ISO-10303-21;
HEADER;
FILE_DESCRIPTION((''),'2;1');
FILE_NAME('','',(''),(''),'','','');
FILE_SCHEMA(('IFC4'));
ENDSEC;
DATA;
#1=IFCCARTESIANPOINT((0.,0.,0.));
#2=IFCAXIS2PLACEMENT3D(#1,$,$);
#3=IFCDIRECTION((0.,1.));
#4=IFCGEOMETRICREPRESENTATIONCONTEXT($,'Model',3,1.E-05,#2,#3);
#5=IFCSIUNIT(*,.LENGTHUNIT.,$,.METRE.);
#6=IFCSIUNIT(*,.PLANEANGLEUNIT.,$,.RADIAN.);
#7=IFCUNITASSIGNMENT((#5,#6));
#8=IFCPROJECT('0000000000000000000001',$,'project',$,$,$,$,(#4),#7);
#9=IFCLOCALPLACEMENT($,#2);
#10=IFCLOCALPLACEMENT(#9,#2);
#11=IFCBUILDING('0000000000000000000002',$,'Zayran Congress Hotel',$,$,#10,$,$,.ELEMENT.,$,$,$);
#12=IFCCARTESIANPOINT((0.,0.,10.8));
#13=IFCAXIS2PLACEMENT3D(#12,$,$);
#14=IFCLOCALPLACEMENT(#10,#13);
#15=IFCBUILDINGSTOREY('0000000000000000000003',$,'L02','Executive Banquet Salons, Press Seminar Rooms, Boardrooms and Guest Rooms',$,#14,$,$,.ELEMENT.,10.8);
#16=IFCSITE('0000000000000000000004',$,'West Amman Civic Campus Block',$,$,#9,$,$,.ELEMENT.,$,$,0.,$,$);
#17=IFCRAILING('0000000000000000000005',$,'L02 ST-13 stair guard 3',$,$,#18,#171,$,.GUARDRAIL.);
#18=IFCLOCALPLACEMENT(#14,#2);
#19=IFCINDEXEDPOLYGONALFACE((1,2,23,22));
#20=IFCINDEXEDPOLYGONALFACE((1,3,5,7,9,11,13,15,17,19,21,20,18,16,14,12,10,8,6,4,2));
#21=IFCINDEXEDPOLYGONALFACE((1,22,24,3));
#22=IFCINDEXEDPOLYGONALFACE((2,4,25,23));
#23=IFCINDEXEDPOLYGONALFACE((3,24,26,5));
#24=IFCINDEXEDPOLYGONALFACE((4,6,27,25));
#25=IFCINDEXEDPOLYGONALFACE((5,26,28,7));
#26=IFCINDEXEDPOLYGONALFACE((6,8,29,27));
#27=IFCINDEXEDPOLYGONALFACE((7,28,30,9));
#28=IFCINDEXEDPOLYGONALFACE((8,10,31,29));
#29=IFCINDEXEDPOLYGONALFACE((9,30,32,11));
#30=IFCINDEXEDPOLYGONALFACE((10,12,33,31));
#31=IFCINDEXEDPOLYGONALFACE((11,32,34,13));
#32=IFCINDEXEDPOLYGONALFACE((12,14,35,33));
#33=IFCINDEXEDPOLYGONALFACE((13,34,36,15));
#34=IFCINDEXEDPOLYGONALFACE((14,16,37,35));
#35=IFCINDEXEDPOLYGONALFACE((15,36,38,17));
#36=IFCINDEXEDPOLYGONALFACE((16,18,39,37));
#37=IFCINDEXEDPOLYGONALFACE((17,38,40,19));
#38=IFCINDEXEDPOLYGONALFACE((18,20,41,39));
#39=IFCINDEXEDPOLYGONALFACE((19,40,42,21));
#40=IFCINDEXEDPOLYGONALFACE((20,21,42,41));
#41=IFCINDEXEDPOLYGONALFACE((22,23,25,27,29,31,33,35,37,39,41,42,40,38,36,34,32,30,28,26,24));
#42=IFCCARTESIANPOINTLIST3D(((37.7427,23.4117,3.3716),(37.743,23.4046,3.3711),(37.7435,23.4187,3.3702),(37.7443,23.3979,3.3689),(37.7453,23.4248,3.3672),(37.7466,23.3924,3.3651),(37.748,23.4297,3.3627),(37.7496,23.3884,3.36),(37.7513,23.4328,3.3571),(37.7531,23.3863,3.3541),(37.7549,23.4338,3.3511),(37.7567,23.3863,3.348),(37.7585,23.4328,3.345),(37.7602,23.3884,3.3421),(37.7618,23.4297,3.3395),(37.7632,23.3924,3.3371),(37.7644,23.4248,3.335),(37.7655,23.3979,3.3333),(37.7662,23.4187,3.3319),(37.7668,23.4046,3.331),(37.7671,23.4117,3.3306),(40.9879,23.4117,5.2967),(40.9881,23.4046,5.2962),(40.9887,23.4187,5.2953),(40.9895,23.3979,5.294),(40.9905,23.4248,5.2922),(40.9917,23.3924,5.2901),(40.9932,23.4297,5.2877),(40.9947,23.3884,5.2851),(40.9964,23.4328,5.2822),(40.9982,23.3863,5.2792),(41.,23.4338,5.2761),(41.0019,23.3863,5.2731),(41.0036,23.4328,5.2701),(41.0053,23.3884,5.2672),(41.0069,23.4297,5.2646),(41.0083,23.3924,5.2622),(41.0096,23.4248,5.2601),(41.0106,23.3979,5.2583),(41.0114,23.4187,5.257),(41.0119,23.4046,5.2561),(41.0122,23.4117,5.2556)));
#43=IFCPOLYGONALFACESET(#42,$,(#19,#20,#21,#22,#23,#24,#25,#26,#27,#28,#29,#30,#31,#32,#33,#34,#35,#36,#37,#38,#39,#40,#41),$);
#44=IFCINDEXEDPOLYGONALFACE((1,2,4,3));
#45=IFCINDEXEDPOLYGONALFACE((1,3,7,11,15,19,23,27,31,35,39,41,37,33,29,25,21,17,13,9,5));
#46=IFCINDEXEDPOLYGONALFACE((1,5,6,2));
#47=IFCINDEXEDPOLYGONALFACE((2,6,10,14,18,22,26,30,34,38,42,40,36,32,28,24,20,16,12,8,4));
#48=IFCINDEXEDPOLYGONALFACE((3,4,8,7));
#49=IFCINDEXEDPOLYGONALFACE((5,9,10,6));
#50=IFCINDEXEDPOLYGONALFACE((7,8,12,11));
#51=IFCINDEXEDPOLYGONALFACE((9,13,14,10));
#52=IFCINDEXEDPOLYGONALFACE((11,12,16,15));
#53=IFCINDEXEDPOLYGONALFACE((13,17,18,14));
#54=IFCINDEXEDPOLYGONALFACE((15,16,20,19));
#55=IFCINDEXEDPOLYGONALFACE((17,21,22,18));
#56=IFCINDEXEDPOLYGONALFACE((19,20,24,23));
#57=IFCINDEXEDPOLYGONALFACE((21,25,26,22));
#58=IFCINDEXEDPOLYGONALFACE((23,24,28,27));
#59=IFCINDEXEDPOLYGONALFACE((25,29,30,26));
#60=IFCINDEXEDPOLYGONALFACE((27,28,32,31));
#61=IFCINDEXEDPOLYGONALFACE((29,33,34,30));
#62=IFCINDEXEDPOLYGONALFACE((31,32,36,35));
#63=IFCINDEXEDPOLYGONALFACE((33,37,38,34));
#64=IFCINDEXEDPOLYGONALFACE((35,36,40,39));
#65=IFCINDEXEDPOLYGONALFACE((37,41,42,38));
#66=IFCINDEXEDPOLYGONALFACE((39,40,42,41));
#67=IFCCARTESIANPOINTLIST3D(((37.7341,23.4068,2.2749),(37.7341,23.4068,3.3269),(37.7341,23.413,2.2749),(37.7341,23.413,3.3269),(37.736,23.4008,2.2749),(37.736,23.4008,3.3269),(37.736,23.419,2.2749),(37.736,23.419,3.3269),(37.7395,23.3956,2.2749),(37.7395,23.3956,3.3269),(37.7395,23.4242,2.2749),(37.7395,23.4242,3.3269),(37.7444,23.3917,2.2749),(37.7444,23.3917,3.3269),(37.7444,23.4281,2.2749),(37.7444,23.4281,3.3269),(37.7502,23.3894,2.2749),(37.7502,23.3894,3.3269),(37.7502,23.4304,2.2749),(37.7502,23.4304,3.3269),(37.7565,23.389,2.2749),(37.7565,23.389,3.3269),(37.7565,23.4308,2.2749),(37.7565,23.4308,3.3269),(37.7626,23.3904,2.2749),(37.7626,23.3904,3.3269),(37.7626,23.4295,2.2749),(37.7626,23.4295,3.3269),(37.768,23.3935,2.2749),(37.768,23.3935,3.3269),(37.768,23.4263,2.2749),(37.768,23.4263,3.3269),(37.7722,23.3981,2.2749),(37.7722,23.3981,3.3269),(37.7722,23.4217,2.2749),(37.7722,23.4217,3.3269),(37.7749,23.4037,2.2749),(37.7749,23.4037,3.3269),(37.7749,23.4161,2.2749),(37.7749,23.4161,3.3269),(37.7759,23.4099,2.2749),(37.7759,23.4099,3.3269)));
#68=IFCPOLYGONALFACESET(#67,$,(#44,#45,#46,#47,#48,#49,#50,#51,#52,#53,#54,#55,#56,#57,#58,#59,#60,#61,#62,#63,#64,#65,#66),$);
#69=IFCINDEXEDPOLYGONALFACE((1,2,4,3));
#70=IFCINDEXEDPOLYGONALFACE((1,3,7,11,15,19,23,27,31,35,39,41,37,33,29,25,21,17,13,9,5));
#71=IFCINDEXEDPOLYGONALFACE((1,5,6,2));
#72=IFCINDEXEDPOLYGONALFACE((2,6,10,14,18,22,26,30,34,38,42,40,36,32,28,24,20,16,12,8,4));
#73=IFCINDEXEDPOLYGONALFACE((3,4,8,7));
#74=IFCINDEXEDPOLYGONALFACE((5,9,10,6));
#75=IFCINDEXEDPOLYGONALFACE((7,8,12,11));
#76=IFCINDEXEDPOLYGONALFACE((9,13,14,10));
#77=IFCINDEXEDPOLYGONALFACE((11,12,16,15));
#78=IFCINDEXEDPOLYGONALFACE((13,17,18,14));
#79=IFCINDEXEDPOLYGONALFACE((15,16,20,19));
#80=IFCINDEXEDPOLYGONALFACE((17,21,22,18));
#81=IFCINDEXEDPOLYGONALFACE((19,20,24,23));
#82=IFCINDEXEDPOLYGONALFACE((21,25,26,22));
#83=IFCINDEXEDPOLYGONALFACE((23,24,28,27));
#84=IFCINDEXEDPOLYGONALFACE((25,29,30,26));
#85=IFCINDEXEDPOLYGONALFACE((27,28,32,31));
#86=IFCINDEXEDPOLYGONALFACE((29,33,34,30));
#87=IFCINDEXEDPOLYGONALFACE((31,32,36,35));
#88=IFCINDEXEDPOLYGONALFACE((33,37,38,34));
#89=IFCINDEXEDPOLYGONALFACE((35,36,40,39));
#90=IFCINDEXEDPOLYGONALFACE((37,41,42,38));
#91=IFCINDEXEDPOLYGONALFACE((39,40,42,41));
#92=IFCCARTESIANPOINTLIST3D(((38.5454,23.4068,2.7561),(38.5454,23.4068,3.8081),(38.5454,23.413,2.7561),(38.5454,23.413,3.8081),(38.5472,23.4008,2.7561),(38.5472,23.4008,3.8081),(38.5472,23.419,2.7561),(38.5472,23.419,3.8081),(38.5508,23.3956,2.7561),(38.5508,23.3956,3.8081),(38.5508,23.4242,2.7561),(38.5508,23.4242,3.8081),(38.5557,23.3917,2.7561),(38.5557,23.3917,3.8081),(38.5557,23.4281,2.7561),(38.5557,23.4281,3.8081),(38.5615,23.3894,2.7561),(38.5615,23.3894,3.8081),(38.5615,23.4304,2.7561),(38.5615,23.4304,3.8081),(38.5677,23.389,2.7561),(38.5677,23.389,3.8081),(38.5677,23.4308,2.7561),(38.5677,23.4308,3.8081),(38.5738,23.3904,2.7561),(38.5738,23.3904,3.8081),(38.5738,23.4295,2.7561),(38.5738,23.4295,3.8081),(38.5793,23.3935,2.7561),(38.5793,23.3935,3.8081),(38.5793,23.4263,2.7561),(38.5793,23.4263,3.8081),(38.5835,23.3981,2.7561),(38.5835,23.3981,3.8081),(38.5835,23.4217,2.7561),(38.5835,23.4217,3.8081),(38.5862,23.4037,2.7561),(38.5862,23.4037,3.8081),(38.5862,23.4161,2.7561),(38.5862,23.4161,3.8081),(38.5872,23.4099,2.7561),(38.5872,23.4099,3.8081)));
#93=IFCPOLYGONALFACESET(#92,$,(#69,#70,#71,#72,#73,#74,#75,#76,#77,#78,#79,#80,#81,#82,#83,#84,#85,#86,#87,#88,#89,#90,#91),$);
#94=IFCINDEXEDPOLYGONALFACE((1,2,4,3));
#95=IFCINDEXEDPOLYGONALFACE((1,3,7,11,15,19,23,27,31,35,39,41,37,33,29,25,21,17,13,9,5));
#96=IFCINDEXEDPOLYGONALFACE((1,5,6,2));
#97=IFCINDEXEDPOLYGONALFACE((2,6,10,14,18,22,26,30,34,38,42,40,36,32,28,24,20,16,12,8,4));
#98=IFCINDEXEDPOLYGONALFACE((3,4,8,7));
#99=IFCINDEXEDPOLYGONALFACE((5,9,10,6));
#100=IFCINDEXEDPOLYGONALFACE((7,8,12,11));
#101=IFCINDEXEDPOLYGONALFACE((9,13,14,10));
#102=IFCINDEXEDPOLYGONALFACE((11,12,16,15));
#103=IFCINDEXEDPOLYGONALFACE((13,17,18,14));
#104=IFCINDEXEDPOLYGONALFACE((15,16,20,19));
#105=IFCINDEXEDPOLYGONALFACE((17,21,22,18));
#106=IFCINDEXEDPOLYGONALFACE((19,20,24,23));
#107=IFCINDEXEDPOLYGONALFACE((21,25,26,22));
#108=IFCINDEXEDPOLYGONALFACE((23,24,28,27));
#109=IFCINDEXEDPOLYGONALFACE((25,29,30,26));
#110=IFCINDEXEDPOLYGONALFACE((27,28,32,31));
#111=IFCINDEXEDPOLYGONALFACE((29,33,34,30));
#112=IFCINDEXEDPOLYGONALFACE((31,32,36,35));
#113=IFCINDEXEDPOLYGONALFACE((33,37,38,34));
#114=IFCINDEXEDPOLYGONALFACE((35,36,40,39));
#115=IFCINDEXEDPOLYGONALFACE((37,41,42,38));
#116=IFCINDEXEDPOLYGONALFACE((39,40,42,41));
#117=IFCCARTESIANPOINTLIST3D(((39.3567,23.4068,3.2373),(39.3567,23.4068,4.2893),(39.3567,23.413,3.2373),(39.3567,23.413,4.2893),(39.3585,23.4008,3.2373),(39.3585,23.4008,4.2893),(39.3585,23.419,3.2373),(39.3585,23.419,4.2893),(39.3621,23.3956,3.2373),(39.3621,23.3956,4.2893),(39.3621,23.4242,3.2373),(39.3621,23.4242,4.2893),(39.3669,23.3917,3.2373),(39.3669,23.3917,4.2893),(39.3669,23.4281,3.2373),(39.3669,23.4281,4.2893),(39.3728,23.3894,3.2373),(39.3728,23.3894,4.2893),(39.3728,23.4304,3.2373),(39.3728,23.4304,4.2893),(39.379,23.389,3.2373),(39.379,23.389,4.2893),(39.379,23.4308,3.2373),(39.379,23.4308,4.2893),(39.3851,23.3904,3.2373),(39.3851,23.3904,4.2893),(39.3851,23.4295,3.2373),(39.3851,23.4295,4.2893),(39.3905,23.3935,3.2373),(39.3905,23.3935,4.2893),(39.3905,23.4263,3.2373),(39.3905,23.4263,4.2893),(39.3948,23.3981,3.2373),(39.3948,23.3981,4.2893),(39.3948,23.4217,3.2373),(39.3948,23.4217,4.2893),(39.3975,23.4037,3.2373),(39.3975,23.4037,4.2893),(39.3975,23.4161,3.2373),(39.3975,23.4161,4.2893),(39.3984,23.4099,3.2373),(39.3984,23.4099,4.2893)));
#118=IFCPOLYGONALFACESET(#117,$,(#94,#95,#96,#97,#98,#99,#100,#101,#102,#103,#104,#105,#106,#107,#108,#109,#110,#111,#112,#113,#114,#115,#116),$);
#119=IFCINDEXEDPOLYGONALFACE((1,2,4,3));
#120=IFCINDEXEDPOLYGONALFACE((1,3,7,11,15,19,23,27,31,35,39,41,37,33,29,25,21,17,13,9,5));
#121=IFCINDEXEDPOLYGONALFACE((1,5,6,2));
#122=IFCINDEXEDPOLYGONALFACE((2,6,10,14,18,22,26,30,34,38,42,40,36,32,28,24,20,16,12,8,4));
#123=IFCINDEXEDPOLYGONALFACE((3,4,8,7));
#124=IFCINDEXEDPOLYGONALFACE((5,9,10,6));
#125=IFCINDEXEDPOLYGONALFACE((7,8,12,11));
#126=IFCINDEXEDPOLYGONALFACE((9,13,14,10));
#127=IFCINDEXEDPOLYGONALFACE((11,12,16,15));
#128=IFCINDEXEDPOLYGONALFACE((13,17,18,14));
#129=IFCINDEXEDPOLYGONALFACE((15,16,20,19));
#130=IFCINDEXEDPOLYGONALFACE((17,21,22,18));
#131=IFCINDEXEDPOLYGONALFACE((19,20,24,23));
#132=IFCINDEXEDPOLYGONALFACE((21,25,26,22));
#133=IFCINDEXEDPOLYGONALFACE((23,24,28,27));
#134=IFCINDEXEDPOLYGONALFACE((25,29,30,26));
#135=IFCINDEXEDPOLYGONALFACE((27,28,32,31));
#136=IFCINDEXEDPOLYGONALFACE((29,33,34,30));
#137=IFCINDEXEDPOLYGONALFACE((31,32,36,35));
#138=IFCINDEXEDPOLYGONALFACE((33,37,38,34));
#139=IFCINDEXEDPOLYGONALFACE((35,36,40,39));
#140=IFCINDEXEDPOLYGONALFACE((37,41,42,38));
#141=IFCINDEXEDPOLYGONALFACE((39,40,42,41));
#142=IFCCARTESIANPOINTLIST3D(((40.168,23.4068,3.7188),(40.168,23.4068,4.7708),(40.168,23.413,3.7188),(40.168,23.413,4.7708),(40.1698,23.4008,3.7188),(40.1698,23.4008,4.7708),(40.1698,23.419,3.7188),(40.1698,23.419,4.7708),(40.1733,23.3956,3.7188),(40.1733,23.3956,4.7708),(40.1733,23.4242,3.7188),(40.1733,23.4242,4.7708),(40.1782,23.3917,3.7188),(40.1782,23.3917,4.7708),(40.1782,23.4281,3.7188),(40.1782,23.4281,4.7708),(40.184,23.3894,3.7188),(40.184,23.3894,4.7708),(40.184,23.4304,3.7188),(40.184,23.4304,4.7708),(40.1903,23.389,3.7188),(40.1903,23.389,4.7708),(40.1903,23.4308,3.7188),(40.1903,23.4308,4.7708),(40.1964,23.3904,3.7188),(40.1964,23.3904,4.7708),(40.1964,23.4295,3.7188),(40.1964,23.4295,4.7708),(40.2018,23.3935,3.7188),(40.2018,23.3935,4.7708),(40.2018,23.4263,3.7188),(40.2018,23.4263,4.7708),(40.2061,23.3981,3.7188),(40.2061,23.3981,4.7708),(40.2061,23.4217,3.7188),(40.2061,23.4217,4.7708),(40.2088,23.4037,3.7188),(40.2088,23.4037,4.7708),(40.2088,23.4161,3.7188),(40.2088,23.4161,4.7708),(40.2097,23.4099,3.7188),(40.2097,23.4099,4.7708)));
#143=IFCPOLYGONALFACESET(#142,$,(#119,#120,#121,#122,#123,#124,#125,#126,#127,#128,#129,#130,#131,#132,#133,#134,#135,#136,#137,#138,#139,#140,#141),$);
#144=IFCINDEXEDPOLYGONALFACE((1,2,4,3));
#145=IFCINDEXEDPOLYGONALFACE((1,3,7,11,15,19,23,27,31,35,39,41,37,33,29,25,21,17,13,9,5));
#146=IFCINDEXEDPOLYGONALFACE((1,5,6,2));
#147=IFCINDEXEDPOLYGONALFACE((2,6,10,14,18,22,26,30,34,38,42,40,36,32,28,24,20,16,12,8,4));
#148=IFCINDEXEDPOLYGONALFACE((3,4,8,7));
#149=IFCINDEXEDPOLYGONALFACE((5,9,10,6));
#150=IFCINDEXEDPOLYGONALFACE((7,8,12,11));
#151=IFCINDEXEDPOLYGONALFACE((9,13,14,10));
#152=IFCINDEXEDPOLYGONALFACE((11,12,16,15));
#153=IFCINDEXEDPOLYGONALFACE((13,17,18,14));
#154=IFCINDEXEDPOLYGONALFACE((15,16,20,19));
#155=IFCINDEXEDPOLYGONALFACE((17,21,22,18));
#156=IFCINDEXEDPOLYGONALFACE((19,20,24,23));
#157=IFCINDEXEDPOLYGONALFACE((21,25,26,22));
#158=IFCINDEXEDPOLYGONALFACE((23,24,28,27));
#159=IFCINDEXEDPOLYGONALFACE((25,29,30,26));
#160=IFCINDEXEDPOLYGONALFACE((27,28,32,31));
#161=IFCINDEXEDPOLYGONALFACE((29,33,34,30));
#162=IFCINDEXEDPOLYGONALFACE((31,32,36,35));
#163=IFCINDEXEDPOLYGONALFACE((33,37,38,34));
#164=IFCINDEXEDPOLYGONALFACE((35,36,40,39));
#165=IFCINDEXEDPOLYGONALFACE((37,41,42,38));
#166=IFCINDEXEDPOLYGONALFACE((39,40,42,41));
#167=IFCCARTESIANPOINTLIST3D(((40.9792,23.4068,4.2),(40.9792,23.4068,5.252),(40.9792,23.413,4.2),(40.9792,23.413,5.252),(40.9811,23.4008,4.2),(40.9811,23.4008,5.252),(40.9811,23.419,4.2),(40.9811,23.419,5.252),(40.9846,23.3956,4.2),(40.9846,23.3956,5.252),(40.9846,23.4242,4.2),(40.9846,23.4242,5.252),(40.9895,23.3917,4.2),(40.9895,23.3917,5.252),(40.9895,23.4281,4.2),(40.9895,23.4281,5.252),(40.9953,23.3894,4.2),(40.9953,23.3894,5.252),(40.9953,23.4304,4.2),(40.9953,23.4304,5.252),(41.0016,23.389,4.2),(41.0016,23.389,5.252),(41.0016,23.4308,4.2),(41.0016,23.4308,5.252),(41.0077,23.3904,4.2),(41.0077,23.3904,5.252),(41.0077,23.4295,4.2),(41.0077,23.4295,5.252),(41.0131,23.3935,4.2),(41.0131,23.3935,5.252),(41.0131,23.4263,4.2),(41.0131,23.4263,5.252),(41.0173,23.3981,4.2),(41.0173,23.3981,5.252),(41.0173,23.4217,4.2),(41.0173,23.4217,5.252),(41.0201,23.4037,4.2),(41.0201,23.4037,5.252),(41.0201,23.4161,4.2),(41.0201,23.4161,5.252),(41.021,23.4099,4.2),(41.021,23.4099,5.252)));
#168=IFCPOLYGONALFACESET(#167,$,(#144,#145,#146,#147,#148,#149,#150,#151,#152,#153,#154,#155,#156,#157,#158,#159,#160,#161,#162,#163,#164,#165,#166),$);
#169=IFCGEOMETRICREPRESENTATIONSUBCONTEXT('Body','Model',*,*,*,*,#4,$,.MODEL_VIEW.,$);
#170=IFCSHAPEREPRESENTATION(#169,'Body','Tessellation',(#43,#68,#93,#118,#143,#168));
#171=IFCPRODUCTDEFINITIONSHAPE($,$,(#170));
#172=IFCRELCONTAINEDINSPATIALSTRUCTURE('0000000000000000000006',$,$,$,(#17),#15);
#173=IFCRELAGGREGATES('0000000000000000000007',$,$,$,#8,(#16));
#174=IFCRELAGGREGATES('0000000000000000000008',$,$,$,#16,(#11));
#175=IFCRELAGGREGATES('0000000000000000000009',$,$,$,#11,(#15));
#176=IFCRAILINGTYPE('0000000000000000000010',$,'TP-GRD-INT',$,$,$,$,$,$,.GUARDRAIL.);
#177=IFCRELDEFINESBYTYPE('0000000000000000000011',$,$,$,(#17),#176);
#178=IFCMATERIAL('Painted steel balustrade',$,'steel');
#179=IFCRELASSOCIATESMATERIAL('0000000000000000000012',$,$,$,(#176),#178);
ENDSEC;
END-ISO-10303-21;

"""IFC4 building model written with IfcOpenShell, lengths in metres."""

from ifc_helpers import new_model, si_unit, direction, frame, origin, origin_2d, place, context, subcontext, project, spatial, circle, extrude, material, type_object, element, save


model = new_model("IFC4")

# Units and contexts
model_context = context("Model", 3, precision=1e-05, world=origin(), true_north=direction((0.0, 1.0)))
body_context = subcontext(model_context, "Body", "Model", "MODEL_VIEW")
ifc_project = project(units=[si_unit("LENGTHUNIT", "METRE"), si_unit("PLANEANGLEUNIT", "RADIAN")], contexts=[model_context])

# Site, building, storey
site_placement = place(None, origin())
site = spatial("IfcSite", under=ifc_project, at=site_placement, Name="West Amman Civic Campus Block", CompositionType="ELEMENT", RefElevation=0.0)
building_placement = place(site_placement, origin())
building = spatial("IfcBuilding", under=site, at=building_placement, Name="Zayran Congress Hotel", CompositionType="ELEMENT")
storey_placement = place(building_placement, frame((0.0, 0.0, 10.8)))
storey = spatial("IfcBuildingStorey", under=building, at=storey_placement, Name="L02", Description="Executive Banquet Salons, Press Seminar Rooms, Boardrooms and Guest Rooms", CompositionType="ELEMENT", Elevation=10.8)

# Railing
ifc_material_1 = material(Name="Painted steel balustrade", Category="steel")
railing_type_1 = type_object("IfcRailingType", Name="TP-GRD-INT", PredefinedType="GUARDRAIL", material=ifc_material_1)
railing_1_placement = place(storey_placement, frame((37.7549, 23.4099, 2.2749)))
element("IfcRailing", 1, at=railing_1_placement, inside=storey, type_object=railing_type_1, Name="L02 ST-13 stair guard 3", PredefinedType="GUARDRAIL", context=body_context, shape_type="SweptSolid", body=[
    extrude(circle(Radius=0.0239, at=origin_2d()), frame((0.0, 0.0, 1.0762), z_axis=(0.860057, 0.0, 0.510198), x_axis=(0.0, 1.0, 0.0)), (0.0, 0.0, 1.0), 3.7732),
    extrude(circle(Radius=0.021, at=origin_2d()), origin(), (0.0, 0.0, 1.0), 1.052),
    extrude(circle(Radius=0.021, at=origin_2d()), frame((0.8113, 0.0, 0.4812)), (0.0, 0.0, 1.0), 1.052),
    extrude(circle(Radius=0.021, at=origin_2d()), frame((1.6226, 0.0, 0.9624)), (0.0, 0.0, 1.0), 1.052),
    extrude(circle(Radius=0.021, at=origin_2d()), frame((2.4338, 0.0, 1.4438)), (0.0, 0.0, 1.0), 1.052),
    extrude(circle(Radius=0.021, at=origin_2d()), frame((3.2451, 0.0, 1.925)), (0.0, 0.0, 1.0), 1.052),
])

save(model, "model.ifc")
